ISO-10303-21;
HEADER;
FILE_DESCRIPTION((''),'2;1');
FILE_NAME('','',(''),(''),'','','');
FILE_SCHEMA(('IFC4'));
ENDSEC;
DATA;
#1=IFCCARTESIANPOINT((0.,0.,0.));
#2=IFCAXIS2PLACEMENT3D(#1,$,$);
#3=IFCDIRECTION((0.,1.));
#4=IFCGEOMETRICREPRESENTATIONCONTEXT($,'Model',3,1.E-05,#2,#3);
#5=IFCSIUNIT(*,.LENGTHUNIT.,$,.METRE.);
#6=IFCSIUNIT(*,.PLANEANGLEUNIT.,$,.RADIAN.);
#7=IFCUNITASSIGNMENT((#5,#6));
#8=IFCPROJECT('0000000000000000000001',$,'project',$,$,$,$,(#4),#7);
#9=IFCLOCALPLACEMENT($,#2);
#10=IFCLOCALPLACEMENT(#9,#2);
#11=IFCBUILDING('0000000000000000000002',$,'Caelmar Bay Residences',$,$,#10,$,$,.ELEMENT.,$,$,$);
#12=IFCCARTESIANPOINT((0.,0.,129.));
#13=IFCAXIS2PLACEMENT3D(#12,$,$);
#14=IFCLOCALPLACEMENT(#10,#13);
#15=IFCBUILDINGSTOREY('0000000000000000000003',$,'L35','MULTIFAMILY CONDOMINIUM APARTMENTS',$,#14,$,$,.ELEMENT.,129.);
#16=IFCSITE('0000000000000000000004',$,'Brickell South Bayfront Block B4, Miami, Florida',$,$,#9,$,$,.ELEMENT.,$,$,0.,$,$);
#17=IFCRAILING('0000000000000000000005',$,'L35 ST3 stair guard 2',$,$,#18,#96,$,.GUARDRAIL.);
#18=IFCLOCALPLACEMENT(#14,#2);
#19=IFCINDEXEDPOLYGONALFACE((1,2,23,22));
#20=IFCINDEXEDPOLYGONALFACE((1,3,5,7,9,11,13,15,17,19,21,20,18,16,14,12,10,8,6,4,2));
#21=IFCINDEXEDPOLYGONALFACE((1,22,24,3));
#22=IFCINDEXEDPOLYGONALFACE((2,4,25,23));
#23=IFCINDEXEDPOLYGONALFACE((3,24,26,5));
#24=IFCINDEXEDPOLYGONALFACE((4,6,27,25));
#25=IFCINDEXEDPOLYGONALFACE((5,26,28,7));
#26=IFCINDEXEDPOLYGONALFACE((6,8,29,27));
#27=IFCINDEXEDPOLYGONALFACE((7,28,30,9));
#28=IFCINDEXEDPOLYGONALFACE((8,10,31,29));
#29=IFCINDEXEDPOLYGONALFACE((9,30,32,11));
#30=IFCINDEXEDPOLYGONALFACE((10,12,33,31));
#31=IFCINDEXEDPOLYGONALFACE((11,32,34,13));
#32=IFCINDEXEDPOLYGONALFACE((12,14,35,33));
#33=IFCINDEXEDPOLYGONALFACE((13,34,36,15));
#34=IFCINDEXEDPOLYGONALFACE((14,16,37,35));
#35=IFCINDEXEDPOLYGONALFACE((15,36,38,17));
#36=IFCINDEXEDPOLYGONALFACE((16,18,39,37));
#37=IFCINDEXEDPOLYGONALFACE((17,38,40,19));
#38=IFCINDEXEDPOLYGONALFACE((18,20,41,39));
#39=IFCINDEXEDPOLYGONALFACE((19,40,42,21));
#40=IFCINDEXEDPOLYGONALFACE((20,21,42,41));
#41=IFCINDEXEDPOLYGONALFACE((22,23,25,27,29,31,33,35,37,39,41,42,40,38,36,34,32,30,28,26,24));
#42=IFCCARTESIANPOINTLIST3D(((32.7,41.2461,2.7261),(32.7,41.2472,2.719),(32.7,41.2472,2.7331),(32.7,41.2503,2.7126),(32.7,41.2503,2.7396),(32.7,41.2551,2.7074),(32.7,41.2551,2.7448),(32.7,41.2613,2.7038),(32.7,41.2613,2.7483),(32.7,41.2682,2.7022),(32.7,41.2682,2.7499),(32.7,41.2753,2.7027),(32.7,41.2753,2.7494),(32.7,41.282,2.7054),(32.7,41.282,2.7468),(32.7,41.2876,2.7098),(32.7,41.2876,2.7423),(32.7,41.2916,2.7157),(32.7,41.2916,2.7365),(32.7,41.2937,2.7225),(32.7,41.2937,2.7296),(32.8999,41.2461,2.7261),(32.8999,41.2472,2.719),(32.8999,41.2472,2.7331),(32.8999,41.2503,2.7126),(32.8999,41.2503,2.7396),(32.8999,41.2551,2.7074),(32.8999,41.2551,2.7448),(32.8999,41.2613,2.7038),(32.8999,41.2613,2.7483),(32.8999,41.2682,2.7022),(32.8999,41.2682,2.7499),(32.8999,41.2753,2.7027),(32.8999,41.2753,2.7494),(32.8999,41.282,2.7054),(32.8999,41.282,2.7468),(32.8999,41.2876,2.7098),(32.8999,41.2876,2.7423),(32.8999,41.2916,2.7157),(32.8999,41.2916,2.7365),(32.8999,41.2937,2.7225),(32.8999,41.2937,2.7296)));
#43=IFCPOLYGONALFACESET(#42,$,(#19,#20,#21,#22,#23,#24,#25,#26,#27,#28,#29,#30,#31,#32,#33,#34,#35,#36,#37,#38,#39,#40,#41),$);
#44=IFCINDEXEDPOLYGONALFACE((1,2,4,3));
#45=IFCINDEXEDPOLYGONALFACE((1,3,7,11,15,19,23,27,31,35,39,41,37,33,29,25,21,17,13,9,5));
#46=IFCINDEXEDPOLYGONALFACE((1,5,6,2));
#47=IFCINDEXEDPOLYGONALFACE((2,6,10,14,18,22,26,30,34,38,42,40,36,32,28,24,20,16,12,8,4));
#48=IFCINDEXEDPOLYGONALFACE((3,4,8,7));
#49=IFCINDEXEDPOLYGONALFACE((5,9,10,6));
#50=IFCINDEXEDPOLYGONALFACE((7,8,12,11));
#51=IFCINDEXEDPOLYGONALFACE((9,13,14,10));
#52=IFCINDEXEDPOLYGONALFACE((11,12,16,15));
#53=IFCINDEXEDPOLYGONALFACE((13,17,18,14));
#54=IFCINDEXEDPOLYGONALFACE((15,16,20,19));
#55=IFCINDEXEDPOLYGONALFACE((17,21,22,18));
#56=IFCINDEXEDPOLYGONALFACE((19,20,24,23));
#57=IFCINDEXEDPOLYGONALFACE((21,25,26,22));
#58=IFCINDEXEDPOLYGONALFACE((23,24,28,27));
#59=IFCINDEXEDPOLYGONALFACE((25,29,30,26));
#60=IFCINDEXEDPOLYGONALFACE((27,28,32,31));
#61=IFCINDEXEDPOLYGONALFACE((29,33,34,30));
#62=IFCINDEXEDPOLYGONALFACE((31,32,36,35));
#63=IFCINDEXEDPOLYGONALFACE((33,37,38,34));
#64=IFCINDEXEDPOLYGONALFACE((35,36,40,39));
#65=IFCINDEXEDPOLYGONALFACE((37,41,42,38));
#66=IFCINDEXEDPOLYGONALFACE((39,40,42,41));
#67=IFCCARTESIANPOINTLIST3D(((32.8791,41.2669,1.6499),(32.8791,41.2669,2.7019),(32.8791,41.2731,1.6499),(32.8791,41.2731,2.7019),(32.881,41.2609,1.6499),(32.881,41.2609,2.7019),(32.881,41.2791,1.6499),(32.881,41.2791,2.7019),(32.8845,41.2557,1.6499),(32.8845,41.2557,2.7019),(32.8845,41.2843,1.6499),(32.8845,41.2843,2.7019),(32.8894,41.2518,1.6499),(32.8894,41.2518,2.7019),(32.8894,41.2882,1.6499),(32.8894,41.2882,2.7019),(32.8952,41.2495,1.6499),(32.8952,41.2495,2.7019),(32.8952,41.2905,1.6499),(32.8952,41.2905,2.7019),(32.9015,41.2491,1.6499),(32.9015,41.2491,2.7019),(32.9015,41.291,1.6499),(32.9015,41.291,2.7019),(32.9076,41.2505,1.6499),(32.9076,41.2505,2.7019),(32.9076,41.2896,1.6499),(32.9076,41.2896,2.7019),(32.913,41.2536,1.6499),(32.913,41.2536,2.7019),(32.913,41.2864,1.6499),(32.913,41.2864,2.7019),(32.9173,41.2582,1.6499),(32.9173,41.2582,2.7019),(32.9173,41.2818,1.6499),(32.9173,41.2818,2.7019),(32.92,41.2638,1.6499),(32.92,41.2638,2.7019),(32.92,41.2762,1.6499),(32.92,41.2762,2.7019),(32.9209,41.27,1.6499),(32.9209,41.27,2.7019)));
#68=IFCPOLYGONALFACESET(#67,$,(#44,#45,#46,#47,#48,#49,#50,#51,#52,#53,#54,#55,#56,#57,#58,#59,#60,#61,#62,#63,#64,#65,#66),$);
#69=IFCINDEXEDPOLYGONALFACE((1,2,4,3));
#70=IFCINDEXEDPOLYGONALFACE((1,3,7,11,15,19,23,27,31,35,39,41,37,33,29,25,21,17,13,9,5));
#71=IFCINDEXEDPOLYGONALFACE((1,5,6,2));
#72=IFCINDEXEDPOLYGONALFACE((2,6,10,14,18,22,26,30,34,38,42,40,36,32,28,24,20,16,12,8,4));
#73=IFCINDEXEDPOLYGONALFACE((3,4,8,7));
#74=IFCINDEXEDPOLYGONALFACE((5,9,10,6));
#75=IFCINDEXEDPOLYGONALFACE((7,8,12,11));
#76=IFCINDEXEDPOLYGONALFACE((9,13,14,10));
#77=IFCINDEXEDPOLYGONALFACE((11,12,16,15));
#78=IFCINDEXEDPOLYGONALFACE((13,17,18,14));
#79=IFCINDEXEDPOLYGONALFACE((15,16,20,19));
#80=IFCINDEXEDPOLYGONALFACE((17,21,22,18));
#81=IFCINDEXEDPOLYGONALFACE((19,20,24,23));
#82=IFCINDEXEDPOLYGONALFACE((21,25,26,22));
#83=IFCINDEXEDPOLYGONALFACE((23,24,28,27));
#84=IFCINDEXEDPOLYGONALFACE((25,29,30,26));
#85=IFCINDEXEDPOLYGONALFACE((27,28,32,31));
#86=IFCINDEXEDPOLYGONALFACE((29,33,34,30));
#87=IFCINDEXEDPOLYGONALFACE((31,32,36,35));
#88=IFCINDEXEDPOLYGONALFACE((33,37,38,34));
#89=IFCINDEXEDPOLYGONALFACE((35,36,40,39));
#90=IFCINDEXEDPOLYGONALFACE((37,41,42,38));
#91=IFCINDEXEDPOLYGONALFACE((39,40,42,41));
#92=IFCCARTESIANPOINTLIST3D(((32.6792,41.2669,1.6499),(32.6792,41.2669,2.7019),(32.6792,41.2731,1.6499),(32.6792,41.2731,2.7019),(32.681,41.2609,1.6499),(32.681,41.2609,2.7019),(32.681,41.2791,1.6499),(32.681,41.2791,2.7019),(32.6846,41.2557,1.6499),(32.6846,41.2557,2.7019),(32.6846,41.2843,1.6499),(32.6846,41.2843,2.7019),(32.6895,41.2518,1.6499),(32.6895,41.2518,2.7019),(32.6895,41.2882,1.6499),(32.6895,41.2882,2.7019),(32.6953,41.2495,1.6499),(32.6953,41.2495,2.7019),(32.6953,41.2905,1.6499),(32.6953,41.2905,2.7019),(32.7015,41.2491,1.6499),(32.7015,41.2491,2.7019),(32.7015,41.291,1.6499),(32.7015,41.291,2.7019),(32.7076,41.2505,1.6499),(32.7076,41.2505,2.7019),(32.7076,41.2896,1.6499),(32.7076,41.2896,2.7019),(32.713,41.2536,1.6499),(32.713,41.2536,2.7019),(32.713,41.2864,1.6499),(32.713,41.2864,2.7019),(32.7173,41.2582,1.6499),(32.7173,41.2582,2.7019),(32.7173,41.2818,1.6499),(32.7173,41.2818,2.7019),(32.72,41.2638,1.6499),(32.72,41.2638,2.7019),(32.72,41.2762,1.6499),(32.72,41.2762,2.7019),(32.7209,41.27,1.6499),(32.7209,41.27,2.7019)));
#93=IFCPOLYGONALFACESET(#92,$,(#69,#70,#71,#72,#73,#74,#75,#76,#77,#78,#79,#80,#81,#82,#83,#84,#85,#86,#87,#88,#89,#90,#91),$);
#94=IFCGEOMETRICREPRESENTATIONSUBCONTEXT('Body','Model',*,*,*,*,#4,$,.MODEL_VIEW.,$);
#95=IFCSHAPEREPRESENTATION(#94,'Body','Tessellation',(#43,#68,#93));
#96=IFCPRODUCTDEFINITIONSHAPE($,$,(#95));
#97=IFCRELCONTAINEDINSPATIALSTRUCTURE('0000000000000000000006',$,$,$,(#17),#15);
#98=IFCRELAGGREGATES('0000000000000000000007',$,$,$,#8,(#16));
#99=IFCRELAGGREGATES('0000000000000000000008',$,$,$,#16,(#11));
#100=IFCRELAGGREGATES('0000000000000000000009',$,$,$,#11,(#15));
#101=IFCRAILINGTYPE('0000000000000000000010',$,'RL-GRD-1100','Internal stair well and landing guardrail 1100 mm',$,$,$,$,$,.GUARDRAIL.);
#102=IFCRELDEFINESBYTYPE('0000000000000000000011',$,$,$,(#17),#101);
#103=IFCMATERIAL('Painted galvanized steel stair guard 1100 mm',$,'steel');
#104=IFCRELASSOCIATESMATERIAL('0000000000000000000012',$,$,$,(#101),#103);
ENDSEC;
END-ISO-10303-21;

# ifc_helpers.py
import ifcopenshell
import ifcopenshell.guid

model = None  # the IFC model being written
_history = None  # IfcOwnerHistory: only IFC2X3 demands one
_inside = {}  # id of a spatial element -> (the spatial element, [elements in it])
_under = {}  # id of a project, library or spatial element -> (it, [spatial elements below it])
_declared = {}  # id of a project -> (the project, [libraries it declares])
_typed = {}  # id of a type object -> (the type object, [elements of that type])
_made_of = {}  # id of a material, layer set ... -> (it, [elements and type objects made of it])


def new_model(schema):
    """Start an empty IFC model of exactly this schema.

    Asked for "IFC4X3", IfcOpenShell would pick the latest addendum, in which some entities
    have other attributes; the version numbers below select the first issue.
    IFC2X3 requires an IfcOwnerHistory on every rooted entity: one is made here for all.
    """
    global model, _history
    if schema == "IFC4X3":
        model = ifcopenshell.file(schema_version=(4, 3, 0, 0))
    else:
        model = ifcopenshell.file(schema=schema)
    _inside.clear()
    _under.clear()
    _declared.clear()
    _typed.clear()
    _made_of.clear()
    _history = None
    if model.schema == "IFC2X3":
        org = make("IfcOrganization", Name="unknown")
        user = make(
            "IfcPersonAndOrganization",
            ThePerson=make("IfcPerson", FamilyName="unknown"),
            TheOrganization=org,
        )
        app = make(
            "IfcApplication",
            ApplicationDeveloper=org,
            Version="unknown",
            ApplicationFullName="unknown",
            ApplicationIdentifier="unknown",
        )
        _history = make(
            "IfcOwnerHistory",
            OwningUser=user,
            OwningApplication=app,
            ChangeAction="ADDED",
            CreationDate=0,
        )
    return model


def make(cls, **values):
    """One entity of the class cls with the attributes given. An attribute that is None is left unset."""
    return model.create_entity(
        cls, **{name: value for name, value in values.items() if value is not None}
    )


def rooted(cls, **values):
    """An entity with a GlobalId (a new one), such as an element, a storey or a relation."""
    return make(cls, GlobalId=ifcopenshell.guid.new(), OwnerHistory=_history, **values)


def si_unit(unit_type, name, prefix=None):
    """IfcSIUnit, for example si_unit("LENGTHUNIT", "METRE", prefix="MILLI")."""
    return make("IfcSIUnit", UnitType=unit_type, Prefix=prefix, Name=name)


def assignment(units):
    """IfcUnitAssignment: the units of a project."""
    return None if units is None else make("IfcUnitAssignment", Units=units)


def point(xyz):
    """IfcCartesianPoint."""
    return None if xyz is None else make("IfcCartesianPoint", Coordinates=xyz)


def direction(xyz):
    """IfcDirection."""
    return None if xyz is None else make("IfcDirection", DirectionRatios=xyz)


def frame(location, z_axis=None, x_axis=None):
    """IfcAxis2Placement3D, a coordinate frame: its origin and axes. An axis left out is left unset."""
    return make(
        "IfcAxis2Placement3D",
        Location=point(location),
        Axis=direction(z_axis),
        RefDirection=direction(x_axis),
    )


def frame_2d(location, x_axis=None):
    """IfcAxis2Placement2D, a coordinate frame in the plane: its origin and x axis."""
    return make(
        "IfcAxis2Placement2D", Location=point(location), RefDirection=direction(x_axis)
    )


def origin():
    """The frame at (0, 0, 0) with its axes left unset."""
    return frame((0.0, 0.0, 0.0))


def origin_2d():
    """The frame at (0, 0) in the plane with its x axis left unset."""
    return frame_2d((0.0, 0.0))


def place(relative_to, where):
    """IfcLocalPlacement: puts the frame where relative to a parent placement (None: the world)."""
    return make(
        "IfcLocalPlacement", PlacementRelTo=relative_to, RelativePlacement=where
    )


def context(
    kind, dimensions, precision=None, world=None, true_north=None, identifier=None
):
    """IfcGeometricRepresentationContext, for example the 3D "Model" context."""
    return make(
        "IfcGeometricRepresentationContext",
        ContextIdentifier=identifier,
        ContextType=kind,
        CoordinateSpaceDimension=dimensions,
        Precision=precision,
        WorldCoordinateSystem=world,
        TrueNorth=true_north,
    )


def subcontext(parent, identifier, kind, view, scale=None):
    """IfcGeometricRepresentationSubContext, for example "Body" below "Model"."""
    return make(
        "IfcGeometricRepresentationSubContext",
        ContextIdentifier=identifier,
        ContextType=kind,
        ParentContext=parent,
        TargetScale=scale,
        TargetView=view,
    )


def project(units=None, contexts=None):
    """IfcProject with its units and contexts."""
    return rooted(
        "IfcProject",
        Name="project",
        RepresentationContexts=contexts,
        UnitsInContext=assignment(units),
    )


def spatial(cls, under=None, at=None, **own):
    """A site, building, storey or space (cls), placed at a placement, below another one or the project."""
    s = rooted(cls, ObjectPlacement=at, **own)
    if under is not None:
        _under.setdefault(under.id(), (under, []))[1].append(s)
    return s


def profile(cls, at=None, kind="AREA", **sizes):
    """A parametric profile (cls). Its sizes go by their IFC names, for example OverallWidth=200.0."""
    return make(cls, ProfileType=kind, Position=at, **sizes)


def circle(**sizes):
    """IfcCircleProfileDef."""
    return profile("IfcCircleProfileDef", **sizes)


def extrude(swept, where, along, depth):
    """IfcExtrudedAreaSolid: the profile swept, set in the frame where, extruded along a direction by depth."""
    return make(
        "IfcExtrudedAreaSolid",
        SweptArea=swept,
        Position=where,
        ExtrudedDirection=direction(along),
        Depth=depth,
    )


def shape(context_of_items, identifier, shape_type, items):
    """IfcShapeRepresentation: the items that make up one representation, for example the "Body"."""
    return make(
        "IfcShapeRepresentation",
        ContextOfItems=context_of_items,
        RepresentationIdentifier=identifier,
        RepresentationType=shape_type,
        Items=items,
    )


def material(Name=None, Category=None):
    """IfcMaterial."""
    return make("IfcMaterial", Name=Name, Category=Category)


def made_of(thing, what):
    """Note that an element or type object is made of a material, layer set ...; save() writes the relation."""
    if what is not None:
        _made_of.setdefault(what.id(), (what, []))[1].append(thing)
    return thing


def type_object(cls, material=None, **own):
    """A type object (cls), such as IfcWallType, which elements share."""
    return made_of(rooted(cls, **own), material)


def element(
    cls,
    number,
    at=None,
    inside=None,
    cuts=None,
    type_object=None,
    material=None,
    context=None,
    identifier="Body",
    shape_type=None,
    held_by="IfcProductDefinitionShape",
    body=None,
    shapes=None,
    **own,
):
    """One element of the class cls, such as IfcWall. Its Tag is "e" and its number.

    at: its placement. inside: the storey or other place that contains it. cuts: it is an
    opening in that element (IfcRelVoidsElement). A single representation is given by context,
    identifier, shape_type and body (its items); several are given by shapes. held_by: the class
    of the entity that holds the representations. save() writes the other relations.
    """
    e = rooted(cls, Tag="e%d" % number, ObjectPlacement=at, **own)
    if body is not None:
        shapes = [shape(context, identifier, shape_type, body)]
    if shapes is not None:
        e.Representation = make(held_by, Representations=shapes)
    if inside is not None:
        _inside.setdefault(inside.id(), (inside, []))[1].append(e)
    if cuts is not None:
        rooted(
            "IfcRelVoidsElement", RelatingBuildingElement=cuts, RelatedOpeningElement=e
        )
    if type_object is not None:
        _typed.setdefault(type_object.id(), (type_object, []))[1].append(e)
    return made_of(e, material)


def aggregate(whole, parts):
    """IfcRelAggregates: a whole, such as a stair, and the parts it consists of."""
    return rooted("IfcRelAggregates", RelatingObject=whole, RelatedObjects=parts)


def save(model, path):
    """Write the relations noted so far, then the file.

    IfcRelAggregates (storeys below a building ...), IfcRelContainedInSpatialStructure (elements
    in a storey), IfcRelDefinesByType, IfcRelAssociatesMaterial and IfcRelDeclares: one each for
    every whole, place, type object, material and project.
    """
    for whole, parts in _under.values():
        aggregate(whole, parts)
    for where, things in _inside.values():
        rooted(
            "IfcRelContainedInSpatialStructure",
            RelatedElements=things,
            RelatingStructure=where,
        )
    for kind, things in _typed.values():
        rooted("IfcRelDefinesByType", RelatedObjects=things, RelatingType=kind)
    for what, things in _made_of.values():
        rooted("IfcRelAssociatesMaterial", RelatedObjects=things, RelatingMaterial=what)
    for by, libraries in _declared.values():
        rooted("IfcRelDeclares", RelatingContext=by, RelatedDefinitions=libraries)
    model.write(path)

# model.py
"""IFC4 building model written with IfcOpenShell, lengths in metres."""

from ifc_helpers import new_model, si_unit, direction, frame, origin, origin_2d, place, context, subcontext, project, spatial, circle, extrude, material, type_object, element, save


model = new_model("IFC4")

# Units and contexts
model_context = context("Model", 3, precision=1e-05, world=origin(), true_north=direction((0.0, 1.0)))
body_context = subcontext(model_context, "Body", "Model", "MODEL_VIEW")
ifc_project = project(units=[si_unit("LENGTHUNIT", "METRE"), si_unit("PLANEANGLEUNIT", "RADIAN")], contexts=[model_context])

# Site, building, storey
site_placement = place(None, origin())
site = spatial("IfcSite", under=ifc_project, at=site_placement, Name="Brickell South Bayfront Block B4, Miami, Florida", CompositionType="ELEMENT", RefElevation=0.0)
building_placement = place(site_placement, origin())
building = spatial("IfcBuilding", under=site, at=building_placement, Name="Caelmar Bay Residences", CompositionType="ELEMENT")
storey_placement = place(building_placement, frame((0.0, 0.0, 129.0)))
storey = spatial("IfcBuildingStorey", under=building, at=storey_placement, Name="L35", Description="MULTIFAMILY CONDOMINIUM APARTMENTS", CompositionType="ELEMENT", Elevation=129.0)

# Railing
ifc_material_1 = material(Name="Painted galvanized steel stair guard 1100 mm", Category="steel")
railing_type_1 = type_object("IfcRailingType", Name="RL-GRD-1100", Description="Internal stair well and landing guardrail 1100 mm", PredefinedType="GUARDRAIL", material=ifc_material_1)
railing_1_placement = place(storey_placement, frame((32.8999, 41.27, 1.6499)))
element("IfcRailing", 1, at=railing_1_placement, inside=storey, type_object=railing_type_1, Name="L35 ST3 stair guard 2", PredefinedType="GUARDRAIL", context=body_context, shape_type="SweptSolid", body=[
    extrude(circle(Radius=0.0239, at=origin_2d()), frame((0.0, 0.0, 1.0762), z_axis=(-1.0, 0.0, 0.0), x_axis=(0.0, -1.0, 0.0)), (0.0, 0.0, 1.0), 0.2),
    extrude(circle(Radius=0.021, at=origin_2d()), origin(), (0.0, 0.0, 1.0), 1.052),
    extrude(circle(Radius=0.021, at=origin_2d()), frame((-0.2, 0.0, 0.0)), (0.0, 0.0, 1.0), 1.052),
])

save(model, "model.ifc")
